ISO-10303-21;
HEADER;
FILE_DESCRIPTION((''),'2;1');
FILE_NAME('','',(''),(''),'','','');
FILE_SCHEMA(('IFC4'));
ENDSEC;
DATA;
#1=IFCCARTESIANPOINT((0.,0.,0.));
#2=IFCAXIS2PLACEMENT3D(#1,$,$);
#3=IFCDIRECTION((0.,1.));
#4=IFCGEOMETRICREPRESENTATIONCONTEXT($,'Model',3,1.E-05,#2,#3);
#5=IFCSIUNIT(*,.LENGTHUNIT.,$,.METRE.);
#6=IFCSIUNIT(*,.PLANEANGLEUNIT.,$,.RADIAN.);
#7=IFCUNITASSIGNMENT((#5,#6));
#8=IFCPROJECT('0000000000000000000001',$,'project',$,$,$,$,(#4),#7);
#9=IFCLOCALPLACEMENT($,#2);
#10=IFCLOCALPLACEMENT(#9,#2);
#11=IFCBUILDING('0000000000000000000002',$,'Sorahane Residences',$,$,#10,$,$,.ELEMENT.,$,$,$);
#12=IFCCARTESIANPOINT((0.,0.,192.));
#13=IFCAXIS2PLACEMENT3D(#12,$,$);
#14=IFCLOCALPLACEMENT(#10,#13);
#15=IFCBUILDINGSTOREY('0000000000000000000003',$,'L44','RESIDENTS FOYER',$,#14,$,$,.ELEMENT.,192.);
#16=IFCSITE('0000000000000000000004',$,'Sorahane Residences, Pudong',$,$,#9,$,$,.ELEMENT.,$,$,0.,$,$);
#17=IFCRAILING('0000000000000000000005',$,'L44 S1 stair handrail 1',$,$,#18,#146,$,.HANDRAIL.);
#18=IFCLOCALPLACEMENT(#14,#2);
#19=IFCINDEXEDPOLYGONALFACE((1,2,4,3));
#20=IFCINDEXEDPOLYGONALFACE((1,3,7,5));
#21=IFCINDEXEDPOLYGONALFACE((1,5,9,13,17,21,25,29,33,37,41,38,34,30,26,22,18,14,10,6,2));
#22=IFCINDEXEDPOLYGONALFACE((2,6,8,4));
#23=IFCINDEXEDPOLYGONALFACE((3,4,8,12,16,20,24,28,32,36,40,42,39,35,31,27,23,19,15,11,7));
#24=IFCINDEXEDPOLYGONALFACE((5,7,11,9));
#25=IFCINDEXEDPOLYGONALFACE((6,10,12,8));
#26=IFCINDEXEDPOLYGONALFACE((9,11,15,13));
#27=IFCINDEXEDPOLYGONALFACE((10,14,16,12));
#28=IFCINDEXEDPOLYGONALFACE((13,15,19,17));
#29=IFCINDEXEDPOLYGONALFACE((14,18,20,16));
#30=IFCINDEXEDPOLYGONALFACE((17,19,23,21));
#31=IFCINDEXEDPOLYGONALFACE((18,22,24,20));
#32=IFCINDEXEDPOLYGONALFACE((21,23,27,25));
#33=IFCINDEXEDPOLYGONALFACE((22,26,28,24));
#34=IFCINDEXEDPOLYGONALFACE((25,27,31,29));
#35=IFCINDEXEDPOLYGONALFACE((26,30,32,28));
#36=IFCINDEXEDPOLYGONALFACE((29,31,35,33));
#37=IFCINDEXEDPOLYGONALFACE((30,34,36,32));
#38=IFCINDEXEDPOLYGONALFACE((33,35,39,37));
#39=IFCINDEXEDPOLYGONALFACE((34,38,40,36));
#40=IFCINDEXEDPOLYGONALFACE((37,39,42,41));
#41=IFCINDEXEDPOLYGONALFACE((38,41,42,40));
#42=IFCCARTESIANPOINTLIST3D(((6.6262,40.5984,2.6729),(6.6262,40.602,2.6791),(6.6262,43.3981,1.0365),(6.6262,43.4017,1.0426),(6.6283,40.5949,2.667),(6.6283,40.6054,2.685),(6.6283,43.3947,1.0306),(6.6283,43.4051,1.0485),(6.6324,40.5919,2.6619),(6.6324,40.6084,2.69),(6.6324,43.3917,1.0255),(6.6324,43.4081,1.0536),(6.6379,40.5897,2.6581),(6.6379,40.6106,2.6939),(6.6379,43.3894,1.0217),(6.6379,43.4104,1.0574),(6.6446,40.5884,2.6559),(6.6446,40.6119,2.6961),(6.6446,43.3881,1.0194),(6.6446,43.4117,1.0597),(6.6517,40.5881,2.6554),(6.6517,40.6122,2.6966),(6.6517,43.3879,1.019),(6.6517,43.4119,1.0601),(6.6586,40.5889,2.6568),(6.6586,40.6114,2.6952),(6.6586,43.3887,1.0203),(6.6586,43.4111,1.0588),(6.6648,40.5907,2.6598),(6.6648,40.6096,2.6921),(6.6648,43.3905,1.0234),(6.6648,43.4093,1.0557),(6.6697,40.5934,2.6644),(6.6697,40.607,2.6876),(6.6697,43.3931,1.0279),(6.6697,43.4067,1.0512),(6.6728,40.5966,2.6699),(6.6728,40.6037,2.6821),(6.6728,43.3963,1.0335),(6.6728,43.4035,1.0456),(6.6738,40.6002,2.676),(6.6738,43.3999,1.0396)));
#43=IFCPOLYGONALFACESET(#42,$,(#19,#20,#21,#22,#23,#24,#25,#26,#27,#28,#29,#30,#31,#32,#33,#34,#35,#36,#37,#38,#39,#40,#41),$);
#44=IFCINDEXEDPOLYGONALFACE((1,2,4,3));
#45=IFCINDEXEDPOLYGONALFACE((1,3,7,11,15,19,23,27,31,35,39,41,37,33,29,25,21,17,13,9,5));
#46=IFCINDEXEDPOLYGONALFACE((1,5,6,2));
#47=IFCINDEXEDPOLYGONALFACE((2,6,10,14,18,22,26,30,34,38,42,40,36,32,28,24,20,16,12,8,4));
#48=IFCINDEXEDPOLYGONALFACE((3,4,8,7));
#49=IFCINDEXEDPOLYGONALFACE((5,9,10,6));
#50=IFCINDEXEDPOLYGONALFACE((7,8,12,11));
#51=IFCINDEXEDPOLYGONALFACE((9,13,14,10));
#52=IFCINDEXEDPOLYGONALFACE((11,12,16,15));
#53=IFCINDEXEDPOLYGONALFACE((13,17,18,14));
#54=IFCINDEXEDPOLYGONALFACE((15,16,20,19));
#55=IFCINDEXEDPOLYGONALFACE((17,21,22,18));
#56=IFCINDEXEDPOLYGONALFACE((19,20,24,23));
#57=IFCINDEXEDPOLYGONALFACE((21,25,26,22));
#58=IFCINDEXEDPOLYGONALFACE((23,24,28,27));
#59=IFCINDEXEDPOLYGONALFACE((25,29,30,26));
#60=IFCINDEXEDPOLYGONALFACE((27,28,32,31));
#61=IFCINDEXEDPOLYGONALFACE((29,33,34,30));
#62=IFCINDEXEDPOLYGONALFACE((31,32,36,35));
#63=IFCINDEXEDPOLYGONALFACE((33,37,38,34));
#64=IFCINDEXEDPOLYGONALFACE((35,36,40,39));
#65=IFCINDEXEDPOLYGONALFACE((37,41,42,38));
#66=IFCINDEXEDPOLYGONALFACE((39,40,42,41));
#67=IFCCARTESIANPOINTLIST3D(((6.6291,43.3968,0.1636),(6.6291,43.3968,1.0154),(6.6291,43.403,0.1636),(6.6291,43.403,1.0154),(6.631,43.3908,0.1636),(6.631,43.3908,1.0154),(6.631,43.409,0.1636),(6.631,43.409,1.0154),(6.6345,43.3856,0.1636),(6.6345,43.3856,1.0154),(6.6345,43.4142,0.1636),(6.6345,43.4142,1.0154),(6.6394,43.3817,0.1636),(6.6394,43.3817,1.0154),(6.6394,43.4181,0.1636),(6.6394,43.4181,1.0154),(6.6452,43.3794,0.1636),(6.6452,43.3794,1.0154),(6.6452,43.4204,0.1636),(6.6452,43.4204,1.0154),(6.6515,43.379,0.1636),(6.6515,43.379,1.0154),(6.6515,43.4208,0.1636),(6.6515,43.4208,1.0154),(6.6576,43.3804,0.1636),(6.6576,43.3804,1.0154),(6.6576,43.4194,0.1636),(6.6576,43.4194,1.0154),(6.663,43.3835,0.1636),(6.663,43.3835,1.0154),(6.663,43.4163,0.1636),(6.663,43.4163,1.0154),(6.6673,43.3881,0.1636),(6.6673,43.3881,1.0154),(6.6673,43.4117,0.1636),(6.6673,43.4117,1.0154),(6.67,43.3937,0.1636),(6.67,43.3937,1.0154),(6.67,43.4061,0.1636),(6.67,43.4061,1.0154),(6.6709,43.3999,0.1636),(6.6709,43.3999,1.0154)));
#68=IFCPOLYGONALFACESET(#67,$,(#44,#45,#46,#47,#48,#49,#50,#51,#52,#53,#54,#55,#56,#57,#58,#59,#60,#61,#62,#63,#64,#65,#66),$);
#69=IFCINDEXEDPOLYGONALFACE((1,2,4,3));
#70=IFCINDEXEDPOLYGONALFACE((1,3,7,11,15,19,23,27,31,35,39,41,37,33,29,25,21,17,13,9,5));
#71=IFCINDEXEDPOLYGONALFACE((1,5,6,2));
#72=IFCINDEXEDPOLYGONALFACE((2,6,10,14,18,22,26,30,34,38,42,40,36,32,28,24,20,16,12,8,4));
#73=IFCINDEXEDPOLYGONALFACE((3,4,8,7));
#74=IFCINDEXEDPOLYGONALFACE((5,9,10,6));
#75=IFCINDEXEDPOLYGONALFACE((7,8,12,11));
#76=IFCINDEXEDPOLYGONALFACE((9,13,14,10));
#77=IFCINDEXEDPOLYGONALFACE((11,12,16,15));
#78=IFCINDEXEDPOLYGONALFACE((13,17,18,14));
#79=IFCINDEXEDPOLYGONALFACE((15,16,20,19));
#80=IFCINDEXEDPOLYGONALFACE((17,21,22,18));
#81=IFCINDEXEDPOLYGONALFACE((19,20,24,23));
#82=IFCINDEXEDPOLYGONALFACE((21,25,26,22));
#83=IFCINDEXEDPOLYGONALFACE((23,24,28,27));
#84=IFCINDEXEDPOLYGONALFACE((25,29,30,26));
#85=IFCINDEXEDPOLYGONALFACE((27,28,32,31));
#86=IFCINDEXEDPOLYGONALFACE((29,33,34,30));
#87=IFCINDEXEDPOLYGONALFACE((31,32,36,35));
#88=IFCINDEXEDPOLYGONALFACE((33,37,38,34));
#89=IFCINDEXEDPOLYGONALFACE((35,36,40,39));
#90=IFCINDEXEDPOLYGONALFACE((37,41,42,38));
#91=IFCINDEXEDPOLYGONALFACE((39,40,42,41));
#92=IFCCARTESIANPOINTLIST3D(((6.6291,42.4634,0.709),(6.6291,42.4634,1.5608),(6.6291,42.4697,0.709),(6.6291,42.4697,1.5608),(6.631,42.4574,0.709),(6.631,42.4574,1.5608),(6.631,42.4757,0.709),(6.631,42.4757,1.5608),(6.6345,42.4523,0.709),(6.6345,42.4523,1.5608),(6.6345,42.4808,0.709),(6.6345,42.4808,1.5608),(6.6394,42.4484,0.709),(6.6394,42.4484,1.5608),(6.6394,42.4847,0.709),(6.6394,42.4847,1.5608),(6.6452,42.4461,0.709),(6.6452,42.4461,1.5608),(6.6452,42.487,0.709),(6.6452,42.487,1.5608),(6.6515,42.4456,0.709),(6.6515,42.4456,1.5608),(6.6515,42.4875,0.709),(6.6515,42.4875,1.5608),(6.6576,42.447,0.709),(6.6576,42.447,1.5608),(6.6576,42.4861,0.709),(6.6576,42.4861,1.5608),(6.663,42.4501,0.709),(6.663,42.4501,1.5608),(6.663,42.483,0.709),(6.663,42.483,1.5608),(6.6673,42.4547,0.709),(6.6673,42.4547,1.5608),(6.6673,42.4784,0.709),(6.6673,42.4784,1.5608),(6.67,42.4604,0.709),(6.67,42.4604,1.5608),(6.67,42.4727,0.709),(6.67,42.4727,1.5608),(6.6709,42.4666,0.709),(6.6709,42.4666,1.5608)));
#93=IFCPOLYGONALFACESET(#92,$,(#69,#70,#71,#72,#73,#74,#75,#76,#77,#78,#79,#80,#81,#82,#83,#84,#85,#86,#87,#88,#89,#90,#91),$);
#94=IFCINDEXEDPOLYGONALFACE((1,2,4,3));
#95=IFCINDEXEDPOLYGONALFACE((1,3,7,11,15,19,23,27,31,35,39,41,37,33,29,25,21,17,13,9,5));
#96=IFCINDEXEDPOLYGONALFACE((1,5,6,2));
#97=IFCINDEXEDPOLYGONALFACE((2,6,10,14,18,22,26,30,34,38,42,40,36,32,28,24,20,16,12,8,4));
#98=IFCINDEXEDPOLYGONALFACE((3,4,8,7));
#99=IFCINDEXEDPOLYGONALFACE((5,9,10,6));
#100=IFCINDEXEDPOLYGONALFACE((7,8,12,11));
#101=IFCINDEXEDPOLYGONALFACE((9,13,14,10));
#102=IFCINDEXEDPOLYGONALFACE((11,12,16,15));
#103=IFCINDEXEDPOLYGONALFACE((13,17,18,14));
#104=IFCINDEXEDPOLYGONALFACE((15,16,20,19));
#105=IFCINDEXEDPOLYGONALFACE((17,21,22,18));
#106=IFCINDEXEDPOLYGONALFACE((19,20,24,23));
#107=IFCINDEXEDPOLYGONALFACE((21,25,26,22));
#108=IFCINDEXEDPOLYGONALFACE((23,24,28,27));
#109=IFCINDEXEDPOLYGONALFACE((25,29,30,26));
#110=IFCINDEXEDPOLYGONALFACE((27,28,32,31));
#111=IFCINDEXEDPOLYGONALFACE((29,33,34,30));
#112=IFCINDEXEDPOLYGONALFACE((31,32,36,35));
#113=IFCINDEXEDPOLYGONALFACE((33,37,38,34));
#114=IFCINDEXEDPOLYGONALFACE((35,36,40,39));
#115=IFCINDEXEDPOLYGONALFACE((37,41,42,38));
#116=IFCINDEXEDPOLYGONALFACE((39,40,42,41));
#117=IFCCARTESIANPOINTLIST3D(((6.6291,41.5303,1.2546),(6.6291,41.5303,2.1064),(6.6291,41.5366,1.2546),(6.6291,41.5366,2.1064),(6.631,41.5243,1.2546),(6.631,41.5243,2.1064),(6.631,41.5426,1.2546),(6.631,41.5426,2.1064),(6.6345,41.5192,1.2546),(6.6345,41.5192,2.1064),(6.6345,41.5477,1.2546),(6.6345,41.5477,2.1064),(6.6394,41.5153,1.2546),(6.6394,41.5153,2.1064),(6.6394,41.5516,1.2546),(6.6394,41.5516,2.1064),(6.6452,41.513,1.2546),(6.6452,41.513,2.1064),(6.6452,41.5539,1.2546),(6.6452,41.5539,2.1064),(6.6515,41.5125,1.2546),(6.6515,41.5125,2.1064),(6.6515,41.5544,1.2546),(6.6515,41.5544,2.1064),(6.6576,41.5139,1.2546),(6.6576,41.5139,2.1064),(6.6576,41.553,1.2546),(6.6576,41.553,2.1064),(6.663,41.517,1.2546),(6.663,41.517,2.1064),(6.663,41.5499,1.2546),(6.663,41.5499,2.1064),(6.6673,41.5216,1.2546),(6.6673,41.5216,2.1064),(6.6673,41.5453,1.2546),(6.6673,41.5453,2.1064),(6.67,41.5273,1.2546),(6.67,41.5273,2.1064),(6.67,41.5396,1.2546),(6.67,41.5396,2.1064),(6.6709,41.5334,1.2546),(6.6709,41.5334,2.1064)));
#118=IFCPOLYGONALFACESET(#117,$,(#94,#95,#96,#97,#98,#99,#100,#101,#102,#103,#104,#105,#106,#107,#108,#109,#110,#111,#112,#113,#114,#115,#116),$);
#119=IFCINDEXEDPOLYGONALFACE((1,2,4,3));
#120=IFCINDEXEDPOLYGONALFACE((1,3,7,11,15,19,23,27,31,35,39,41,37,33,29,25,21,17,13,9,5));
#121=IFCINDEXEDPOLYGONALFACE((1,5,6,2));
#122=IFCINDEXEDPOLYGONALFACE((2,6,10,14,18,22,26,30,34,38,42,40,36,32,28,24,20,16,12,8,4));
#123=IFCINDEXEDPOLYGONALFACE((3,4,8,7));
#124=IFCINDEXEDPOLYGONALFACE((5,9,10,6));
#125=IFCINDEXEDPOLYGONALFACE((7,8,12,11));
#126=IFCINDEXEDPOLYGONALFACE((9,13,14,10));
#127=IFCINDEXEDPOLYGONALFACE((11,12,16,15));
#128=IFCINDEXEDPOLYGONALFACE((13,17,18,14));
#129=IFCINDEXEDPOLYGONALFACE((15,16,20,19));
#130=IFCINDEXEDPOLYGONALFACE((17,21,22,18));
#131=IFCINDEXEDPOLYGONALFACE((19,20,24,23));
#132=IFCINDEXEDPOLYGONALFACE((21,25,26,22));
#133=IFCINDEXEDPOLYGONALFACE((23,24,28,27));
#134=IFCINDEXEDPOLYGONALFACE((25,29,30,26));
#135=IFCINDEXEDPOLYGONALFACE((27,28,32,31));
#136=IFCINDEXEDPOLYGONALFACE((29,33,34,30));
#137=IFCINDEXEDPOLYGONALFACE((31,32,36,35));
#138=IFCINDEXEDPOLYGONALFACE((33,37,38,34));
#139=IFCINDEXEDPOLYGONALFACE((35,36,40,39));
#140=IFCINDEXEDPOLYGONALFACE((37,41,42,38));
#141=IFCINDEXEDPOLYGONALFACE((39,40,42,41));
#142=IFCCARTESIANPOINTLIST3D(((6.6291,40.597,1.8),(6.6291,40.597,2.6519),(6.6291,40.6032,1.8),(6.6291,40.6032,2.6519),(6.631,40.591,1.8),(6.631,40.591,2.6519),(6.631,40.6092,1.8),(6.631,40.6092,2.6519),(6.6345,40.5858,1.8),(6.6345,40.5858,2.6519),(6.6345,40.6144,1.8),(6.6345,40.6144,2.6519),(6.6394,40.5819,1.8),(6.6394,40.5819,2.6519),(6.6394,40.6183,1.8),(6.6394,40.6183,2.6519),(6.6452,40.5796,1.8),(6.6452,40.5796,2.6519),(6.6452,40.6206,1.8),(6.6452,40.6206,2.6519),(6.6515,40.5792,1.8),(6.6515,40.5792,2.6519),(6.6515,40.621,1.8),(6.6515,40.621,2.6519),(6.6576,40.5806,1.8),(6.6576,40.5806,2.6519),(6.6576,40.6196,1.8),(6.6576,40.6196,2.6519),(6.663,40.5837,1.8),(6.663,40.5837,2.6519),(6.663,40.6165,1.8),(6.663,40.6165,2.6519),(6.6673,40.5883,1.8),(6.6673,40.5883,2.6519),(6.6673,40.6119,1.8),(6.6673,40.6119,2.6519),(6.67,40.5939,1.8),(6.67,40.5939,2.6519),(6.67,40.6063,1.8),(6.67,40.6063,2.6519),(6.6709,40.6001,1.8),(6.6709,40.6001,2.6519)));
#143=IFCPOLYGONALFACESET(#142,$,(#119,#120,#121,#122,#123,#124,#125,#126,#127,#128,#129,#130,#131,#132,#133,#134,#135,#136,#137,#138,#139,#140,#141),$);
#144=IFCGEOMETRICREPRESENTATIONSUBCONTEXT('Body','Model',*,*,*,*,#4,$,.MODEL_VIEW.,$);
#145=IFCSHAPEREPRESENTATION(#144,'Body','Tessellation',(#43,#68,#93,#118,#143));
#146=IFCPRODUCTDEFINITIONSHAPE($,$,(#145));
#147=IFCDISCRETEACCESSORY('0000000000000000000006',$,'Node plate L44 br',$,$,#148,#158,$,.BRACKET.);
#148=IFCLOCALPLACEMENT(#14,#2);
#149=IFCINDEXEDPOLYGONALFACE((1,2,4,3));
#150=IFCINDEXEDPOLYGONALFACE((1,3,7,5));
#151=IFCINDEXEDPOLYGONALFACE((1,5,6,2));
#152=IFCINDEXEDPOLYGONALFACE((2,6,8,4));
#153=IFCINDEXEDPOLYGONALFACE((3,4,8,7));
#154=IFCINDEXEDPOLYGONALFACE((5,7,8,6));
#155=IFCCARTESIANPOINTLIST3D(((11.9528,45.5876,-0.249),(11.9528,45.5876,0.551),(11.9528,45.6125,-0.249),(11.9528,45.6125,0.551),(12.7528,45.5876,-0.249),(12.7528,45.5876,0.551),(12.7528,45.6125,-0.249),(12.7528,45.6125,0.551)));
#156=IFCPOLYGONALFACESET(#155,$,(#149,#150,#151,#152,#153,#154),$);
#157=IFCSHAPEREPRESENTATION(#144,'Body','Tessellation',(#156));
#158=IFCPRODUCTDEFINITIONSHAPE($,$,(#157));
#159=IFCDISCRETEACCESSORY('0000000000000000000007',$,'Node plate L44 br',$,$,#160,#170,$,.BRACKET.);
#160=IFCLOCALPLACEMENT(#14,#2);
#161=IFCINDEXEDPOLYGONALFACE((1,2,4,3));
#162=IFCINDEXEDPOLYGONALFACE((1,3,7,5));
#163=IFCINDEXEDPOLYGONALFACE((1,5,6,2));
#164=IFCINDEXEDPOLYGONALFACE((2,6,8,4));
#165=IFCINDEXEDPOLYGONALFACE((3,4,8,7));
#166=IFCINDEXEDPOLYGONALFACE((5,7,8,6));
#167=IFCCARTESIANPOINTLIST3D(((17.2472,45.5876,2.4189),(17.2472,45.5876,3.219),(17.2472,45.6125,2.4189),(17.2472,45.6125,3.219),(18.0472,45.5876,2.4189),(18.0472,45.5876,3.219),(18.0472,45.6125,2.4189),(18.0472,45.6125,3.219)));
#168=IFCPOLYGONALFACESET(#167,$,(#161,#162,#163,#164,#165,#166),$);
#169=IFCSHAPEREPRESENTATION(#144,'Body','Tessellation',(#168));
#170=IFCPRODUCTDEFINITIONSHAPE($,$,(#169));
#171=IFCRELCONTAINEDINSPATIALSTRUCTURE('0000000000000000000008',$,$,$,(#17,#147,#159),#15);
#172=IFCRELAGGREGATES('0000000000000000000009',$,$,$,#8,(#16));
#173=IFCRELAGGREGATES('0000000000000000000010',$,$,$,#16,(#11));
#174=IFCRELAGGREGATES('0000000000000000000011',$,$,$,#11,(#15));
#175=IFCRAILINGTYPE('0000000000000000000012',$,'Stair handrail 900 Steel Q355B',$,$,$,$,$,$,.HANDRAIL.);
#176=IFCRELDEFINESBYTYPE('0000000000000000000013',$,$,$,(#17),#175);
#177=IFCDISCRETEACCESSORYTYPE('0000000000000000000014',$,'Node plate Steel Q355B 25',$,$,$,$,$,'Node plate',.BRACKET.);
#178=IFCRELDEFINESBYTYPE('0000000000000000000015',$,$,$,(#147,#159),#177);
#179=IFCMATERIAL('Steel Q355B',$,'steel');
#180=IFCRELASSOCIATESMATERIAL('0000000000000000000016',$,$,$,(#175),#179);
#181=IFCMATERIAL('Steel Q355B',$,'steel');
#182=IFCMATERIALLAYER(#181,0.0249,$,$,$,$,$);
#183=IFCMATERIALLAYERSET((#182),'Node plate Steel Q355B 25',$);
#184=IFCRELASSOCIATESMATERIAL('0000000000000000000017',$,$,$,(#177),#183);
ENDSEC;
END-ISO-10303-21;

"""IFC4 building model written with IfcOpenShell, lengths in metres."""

from ifc_helpers import new_model, si_unit, direction, frame, origin, origin_2d, place, context, subcontext, project, spatial, rectangle, circle, extrude, material, layer, layer_set, type_object, element, save


model = new_model("IFC4")

# Units and contexts
model_context = context("Model", 3, precision=1e-05, world=origin(), true_north=direction((0.0, 1.0)))
body_context = subcontext(model_context, "Body", "Model", "MODEL_VIEW")
ifc_project = project(units=[si_unit("LENGTHUNIT", "METRE"), si_unit("PLANEANGLEUNIT", "RADIAN")], contexts=[model_context])

# Site, building, storey
site_placement = place(None, origin())
site = spatial("IfcSite", under=ifc_project, at=site_placement, Name="Sorahane Residences, Pudong", CompositionType="ELEMENT", RefElevation=0.0)
building_placement = place(site_placement, origin())
building = spatial("IfcBuilding", under=site, at=building_placement, Name="Sorahane Residences", CompositionType="ELEMENT")
storey_placement = place(building_placement, frame((0.0, 0.0, 192.0)))
storey = spatial("IfcBuildingStorey", under=building, at=storey_placement, Name="L44", Description="RESIDENTS FOYER", CompositionType="ELEMENT", Elevation=192.0)

# Railing
ifc_material_1 = material(Name="Steel Q355B", Category="steel")
railing_type_1 = type_object("IfcRailingType", Name="Stair handrail 900 Steel Q355B", PredefinedType="HANDRAIL", material=ifc_material_1)
railing_1_placement = place(storey_placement, frame((6.6499, 43.3999, 0.1636)))
element("IfcRailing", 1, at=railing_1_placement, inside=storey, type_object=railing_type_1, Name="L44 S1 stair handrail 1", PredefinedType="HANDRAIL", context=body_context, shape_type="SweptSolid", body=[
    extrude(circle(Radius=0.0239, at=origin_2d()), frame((0.0, 0.0, 0.876), z_axis=(0.0, -0.863342, 0.50462), x_axis=(1.0, 0.0, 0.0)), (0.0, 0.0, 1.0), 3.2429),
    extrude(circle(Radius=0.021, at=origin_2d()), origin(), (0.0, 0.0, 1.0), 0.8518),
    extrude(circle(Radius=0.021, at=origin_2d()), frame((0.0, -0.9333, 0.5454)), (0.0, 0.0, 1.0), 0.8518),
    extrude(circle(Radius=0.021, at=origin_2d()), frame((0.0, -1.8665, 1.0911)), (0.0, 0.0, 1.0), 0.8518),
    extrude(circle(Radius=0.021, at=origin_2d()), frame((0.0, -2.7998, 1.6365)), (0.0, 0.0, 1.0), 0.8518),
])

# Discrete accessories
ifc_material_2 = material(Name="Steel Q355B", Category="steel")
ifc_layer_1 = layer(ifc_material_2, 0.0249)
ifc_layer_set_1 = layer_set([ifc_layer_1], Name="Node plate Steel Q355B 25")
discrete_accessory_type = type_object("IfcDiscreteAccessoryType", Name="Node plate Steel Q355B 25", ElementType="Node plate", PredefinedType="BRACKET", material=ifc_layer_set_1)
for number, where, z_axis, x_axis, name in (
    (2, (12.3528, 45.6001, -0.249), (0.0, 0.0, 1.0), (1.0, 0.0, 0.0), "Node plate L44 br"),
    (3, (17.6472, 45.6001, 2.4189), (0.0, 0.0, 1.0), (1.0, 0.0, 0.0), "Node plate L44 br"),
):
    element("IfcDiscreteAccessory", number, at=place(storey_placement, frame(where, z_axis=z_axis, x_axis=x_axis)), inside=storey, type_object=discrete_accessory_type, Name=name, PredefinedType="BRACKET", context=body_context, shape_type="SweptSolid", body=[
        extrude(rectangle(XDim=0.8, YDim=0.0249, at=origin_2d()), origin(), (0.0, 0.0, 1.0), 0.8),
    ])

save(model, "model.ifc")
